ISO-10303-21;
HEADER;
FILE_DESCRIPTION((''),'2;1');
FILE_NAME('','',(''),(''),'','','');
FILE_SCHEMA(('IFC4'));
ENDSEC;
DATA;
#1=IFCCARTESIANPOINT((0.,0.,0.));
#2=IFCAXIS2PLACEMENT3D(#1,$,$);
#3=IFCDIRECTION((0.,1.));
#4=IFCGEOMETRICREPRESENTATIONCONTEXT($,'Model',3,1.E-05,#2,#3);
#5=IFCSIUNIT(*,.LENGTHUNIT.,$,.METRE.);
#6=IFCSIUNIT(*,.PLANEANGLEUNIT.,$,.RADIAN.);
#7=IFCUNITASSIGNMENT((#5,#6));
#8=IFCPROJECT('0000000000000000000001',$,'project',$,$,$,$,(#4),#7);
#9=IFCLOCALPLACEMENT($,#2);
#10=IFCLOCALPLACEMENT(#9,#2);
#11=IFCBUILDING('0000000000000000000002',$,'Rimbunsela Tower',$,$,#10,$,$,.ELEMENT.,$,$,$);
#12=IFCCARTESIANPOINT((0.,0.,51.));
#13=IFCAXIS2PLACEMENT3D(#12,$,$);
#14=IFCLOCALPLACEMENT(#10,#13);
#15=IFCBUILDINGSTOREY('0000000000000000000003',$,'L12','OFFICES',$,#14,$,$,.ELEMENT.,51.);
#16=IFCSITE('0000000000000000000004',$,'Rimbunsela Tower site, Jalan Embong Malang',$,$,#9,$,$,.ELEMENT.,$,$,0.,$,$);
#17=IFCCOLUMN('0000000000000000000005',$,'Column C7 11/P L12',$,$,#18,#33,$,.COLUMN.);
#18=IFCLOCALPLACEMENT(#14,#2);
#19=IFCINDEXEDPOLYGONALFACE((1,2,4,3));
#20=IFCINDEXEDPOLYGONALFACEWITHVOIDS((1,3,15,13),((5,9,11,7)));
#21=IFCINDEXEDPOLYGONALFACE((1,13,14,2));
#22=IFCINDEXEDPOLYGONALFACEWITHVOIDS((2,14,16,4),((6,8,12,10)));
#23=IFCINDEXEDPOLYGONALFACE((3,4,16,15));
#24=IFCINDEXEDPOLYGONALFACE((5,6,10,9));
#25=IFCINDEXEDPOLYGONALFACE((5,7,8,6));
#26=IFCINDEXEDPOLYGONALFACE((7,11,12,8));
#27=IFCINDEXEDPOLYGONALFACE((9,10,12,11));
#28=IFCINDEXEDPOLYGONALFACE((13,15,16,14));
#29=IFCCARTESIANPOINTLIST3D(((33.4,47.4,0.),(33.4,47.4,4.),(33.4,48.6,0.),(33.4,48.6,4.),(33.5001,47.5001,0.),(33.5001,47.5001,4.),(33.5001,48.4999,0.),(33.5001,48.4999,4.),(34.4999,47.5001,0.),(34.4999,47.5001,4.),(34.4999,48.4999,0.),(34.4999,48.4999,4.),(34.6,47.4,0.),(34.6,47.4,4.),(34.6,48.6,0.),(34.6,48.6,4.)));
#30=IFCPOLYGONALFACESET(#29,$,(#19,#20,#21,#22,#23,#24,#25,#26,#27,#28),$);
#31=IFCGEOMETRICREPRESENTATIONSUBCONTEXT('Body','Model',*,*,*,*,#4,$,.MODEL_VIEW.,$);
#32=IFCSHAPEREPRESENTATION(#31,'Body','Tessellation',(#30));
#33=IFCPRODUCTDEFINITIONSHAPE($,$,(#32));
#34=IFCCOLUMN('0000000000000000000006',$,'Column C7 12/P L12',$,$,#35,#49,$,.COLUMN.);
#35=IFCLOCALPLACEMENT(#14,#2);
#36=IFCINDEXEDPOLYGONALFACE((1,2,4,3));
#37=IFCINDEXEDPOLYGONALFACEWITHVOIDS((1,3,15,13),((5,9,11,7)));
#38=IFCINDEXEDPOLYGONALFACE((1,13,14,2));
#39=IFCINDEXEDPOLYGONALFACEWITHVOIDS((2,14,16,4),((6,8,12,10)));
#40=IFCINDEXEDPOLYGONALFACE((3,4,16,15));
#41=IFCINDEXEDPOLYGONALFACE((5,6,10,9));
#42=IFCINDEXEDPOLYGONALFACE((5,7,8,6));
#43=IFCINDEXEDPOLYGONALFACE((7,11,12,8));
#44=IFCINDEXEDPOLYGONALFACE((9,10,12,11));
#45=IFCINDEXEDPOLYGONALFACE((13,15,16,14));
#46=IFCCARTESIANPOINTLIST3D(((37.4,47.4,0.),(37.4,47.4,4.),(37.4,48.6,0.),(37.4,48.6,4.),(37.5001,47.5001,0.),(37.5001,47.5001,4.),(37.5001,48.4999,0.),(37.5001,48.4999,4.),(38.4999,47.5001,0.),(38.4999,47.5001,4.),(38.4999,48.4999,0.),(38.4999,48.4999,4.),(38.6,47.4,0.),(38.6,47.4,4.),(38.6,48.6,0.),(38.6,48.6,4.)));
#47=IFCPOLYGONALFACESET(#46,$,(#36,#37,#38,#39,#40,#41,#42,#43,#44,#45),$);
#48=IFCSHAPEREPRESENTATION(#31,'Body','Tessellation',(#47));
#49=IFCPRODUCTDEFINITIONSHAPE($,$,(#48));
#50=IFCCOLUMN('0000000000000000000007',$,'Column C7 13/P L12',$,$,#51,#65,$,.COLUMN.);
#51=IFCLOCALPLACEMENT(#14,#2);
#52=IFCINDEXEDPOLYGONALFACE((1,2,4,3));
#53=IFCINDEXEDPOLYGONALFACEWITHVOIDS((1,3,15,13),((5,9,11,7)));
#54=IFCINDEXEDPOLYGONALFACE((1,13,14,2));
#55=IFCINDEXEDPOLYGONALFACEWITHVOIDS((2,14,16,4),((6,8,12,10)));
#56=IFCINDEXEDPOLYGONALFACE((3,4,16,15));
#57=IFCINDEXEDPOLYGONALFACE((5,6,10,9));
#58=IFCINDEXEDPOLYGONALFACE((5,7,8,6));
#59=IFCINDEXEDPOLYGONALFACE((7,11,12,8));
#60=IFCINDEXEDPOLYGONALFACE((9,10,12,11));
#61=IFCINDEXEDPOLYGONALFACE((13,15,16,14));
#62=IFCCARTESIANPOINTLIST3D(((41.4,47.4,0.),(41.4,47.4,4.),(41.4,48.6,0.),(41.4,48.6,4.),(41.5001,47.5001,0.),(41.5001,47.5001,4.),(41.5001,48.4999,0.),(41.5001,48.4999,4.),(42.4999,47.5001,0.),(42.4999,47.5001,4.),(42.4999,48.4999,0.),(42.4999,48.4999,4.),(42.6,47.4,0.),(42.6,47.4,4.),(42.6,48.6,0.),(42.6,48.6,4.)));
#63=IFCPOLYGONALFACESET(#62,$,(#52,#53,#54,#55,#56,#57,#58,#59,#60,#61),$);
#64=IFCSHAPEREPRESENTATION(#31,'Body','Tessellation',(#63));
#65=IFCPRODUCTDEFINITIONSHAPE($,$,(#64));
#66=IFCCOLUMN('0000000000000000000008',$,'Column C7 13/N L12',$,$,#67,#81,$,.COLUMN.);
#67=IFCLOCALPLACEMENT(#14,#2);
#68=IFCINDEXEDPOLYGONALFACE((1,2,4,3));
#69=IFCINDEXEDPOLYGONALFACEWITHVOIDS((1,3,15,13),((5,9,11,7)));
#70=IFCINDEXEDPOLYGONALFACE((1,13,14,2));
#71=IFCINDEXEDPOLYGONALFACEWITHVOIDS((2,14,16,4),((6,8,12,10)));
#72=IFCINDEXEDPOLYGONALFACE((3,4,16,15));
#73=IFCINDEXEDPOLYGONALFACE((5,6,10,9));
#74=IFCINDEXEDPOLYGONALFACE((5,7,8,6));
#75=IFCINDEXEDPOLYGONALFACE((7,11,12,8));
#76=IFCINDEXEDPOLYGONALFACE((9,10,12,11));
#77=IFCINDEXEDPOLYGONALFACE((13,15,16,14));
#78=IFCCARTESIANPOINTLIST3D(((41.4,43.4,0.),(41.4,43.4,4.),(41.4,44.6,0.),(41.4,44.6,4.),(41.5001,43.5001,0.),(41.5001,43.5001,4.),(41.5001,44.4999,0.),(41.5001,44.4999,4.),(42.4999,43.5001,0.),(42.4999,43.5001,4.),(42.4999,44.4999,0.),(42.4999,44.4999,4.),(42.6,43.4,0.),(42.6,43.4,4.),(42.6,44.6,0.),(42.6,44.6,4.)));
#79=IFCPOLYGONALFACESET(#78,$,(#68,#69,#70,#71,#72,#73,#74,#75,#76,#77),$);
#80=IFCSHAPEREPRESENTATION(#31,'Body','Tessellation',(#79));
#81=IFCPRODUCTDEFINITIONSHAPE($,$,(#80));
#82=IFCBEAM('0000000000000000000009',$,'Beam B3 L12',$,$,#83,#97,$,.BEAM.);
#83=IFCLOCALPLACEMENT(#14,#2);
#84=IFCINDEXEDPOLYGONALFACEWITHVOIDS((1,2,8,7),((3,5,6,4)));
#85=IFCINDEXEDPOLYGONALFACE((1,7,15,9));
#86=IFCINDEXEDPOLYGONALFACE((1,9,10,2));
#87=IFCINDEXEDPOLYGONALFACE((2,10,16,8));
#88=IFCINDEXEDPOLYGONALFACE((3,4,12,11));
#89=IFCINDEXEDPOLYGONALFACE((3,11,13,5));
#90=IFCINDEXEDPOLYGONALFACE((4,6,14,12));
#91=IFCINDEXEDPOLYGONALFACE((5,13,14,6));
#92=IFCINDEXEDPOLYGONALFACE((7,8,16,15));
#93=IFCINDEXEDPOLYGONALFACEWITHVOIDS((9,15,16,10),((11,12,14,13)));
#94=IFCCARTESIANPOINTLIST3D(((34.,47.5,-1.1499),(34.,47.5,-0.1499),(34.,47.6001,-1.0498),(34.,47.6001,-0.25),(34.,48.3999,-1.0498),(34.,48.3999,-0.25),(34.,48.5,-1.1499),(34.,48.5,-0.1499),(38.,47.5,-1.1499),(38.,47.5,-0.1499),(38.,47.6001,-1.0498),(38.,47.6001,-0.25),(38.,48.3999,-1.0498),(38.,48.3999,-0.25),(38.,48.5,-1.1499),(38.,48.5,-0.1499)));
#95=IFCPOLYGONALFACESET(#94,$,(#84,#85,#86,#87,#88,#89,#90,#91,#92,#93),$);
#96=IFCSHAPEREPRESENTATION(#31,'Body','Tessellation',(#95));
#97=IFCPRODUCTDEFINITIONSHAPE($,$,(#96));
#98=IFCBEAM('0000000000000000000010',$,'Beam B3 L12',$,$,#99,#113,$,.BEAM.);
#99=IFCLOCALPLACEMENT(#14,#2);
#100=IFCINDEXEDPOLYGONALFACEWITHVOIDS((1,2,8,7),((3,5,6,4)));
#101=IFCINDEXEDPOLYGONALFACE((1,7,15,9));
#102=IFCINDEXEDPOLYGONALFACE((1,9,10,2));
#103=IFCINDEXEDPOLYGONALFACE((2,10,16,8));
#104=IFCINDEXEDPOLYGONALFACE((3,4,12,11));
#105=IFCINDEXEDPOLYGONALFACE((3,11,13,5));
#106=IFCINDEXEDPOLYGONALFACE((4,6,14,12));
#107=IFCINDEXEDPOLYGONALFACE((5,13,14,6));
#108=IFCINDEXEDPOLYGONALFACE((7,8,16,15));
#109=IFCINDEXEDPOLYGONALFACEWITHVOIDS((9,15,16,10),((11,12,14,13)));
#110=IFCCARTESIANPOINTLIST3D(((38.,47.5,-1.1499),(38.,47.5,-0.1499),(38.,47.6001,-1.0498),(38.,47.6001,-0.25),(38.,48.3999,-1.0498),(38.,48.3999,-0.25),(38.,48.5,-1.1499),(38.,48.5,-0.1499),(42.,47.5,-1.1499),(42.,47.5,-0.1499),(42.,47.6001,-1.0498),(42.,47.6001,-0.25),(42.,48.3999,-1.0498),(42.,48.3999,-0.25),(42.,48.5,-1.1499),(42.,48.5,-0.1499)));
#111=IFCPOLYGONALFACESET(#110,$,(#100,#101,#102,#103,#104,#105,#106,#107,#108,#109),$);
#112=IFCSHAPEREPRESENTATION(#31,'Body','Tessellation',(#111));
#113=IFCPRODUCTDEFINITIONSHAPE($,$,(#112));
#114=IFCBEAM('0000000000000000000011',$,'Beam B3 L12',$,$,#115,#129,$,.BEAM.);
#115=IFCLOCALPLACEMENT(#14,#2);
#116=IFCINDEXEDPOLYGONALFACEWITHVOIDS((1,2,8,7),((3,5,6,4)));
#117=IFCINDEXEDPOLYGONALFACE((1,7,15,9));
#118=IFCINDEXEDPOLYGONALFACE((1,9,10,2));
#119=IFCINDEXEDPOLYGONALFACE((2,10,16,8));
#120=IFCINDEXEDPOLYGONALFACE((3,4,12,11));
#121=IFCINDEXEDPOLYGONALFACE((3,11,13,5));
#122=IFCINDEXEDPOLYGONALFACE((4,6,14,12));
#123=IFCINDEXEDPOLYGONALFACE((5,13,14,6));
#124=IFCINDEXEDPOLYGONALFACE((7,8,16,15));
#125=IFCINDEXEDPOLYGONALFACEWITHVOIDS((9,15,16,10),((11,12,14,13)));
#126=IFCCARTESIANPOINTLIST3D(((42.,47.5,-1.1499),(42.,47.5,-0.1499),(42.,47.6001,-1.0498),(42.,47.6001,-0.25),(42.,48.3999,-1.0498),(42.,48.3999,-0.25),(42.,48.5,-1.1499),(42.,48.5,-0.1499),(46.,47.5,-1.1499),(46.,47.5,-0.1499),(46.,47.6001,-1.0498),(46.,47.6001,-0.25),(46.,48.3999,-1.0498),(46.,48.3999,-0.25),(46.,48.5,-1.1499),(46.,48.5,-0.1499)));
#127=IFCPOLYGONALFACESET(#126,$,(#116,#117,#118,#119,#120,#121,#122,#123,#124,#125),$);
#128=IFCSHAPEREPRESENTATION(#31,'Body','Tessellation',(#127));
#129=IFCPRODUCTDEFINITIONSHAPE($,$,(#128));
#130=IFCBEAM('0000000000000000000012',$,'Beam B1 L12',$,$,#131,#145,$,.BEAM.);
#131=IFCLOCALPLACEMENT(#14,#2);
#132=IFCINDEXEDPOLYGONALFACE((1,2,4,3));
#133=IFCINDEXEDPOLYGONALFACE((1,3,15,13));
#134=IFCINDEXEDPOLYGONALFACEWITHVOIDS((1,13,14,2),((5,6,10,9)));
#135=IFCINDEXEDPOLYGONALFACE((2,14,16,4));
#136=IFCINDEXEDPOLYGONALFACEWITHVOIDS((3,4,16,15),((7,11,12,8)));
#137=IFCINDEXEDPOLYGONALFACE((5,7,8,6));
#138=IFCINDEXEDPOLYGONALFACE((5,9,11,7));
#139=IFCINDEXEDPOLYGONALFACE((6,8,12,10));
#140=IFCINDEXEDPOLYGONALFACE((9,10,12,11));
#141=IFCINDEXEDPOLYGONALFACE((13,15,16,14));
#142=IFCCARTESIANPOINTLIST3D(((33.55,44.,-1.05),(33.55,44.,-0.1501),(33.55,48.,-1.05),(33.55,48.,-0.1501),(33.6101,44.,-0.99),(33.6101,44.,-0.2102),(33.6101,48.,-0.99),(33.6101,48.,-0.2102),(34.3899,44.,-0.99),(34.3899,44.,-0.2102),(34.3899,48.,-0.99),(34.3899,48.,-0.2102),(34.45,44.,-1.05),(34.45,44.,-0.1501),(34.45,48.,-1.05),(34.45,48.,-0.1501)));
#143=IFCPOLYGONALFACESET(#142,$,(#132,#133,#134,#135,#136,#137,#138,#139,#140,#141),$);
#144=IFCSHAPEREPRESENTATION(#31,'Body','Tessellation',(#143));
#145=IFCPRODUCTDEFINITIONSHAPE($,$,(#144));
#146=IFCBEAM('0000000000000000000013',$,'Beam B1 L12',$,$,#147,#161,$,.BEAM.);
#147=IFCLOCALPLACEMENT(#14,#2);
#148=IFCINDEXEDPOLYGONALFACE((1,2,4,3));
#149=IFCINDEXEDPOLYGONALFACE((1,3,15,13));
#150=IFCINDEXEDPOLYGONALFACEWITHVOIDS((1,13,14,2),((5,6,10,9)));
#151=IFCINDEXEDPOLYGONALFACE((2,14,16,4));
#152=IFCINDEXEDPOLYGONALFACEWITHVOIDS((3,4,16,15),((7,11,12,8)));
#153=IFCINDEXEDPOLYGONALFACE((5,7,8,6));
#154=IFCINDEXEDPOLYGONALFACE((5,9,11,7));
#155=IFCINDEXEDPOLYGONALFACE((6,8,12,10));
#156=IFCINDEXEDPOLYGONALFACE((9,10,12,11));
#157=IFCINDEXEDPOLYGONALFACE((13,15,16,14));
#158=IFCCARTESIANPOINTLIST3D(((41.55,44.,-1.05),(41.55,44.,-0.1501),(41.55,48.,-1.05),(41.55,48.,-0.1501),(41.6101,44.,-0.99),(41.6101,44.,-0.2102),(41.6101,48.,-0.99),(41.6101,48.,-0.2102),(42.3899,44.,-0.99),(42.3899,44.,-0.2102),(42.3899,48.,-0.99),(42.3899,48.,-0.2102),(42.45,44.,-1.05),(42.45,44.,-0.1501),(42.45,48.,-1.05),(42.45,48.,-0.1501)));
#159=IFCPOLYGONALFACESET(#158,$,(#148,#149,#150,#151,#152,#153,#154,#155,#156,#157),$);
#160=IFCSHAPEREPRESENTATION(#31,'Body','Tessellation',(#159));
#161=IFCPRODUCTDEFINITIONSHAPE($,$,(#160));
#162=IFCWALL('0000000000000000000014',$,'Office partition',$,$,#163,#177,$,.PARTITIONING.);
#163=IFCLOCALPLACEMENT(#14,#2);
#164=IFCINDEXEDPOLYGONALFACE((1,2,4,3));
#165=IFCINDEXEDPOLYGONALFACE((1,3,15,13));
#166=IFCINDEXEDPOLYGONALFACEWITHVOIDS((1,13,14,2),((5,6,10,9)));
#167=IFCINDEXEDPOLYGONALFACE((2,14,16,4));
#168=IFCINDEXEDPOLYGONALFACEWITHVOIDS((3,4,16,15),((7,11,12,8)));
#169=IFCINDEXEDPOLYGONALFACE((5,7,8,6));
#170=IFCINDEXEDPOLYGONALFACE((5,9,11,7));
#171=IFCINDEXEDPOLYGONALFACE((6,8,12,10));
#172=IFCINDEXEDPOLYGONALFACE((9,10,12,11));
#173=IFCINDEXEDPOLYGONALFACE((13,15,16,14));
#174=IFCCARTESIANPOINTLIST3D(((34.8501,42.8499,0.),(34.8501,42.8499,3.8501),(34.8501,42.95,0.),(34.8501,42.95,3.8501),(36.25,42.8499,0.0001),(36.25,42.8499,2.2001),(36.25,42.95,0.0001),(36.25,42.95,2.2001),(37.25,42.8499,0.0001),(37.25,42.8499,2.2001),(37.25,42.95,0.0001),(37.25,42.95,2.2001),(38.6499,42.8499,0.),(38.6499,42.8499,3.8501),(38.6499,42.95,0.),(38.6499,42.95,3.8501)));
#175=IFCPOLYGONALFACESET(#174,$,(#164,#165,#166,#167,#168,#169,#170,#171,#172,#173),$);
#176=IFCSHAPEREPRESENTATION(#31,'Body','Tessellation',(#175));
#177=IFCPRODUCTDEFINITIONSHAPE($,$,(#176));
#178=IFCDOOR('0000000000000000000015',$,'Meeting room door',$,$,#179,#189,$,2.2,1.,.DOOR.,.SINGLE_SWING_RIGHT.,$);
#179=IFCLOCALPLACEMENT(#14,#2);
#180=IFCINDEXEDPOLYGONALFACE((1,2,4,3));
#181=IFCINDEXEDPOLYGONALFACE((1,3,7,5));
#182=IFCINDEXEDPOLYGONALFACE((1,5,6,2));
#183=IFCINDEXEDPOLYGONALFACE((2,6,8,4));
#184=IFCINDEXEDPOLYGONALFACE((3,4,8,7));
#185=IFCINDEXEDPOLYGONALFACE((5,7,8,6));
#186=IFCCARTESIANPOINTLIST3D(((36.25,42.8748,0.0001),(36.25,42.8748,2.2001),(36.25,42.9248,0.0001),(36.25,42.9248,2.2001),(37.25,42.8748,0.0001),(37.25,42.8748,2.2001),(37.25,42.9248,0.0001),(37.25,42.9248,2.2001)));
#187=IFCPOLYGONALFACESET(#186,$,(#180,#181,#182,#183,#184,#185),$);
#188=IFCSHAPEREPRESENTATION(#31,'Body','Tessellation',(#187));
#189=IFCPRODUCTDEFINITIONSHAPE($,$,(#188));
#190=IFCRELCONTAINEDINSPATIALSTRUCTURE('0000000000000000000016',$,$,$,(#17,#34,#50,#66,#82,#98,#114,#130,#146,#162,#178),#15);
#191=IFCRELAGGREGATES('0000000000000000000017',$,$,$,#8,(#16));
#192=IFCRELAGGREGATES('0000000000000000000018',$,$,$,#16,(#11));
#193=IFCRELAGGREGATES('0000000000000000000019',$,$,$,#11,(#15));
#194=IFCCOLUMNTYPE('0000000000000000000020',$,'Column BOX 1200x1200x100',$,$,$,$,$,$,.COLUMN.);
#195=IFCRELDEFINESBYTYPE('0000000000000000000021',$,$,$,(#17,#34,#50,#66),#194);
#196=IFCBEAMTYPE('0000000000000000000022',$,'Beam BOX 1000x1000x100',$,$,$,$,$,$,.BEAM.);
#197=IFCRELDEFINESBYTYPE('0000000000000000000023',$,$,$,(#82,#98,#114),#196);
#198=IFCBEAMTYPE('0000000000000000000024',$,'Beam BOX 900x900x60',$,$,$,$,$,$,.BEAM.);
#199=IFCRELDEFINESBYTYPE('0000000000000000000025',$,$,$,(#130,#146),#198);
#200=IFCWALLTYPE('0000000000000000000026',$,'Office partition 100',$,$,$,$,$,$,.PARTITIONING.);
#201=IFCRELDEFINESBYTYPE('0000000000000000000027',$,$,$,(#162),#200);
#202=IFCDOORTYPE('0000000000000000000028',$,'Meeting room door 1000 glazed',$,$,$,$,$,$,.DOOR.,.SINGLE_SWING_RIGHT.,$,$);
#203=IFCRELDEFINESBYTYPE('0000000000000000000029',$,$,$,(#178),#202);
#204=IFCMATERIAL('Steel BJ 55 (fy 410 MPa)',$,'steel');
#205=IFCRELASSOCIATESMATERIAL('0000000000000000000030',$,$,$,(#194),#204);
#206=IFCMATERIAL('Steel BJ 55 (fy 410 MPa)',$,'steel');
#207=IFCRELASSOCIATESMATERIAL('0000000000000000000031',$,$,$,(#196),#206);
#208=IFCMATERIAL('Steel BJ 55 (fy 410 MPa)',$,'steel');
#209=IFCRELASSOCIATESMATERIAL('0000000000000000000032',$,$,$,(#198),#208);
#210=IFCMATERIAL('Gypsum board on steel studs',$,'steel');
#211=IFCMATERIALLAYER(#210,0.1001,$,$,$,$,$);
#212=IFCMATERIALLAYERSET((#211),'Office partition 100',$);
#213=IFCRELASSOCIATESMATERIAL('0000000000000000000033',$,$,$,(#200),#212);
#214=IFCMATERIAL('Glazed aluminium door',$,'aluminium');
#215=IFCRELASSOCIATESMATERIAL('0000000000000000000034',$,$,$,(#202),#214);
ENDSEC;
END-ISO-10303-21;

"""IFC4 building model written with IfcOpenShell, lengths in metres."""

from ifc_helpers import new_model, si_unit, direction, frame, frame_2d, origin, origin_2d, place, context, subcontext, project, spatial, rectangle, hollow_rectangle, extrude, material, layer, layer_set, material_profile, profile_set, type_object, element, fill, save


model = new_model("IFC4")

# Units and contexts
model_context = context("Model", 3, precision=1e-05, world=origin(), true_north=direction((0.0, 1.0)))
body_context = subcontext(model_context, "Body", "Model", "MODEL_VIEW")
ifc_project = project(units=[si_unit("LENGTHUNIT", "METRE"), si_unit("PLANEANGLEUNIT", "RADIAN")], contexts=[model_context])

# Site, building, storey
site_placement = place(None, origin())
site = spatial("IfcSite", under=ifc_project, at=site_placement, Name="Rimbunsela Tower site, Jalan Embong Malang", CompositionType="ELEMENT", RefElevation=0.0)
building_placement = place(site_placement, origin())
building = spatial("IfcBuilding", under=site, at=building_placement, Name="Rimbunsela Tower", CompositionType="ELEMENT")
storey_placement = place(building_placement, frame((0.0, 0.0, 51.0)))
storey = spatial("IfcBuildingStorey", under=building, at=storey_placement, Name="L12", Description="OFFICES", CompositionType="ELEMENT", Elevation=51.0)

# Columns
ifc_material_1 = material(Name="Steel BJ 55 (fy 410 MPa)", Category="steel")
ifc_material_profile_1 = material_profile(ifc_material_1, hollow_rectangle(XDim=1.2, YDim=1.2, WallThickness=0.1001, at=origin_2d()), Name="BOX 1200x1200x100")
ifc_profile_set_1 = profile_set([ifc_material_profile_1], Name="Steel BJ 55 (fy 410 MPa)")
column_type = type_object("IfcColumnType", Name="Column BOX 1200x1200x100", PredefinedType="COLUMN", material=ifc_profile_set_1)
for number, where, z_axis, x_axis, name in (
    (1, (34.0, 48.0, 0.0), (0.0, 0.0, 1.0), (1.0, 0.0, 0.0), "Column C7 11/P L12"),
    (2, (38.0, 48.0, 0.0), (0.0, 0.0, 1.0), (1.0, 0.0, 0.0), "Column C7 12/P L12"),
    (3, (42.0, 48.0, 0.0), (0.0, 0.0, 1.0), (1.0, 0.0, 0.0), "Column C7 13/P L12"),
    (4, (42.0, 44.0, 0.0), (0.0, 0.0, 1.0), (1.0, 0.0, 0.0), "Column C7 13/N L12"),
):
    element("IfcColumn", number, at=place(storey_placement, frame(where, z_axis=z_axis, x_axis=x_axis)), inside=storey, type_object=column_type, Name=name, PredefinedType="COLUMN", context=body_context, shape_type="SweptSolid", body=[
        extrude(hollow_rectangle(XDim=1.2, YDim=1.2, WallThickness=0.1001, at=origin_2d()), origin(), (0.0, 0.0, 1.0), 4.0),
    ])

# Beams
ifc_material_2 = material(Name="Steel BJ 55 (fy 410 MPa)", Category="steel")
ifc_material_profile_2 = material_profile(ifc_material_2, hollow_rectangle(XDim=1.0, YDim=1.0, WallThickness=0.1001, at=origin_2d()), Name="BOX 1000x1000x100")
ifc_profile_set_2 = profile_set([ifc_material_profile_2], Name="Steel BJ 55 (fy 410 MPa)")
beam_type_1 = type_object("IfcBeamType", Name="Beam BOX 1000x1000x100", PredefinedType="BEAM", material=ifc_profile_set_2)
for number, where, z_axis, x_axis, name in (
    (5, (34.0, 48.0, -0.6499), (1.0, 0.0, 0.0), (0.0, 1.0, 0.0), "Beam B3 L12"),
    (6, (38.0, 48.0, -0.6499), (1.0, 0.0, 0.0), (0.0, 1.0, 0.0), "Beam B3 L12"),
    (7, (42.0, 48.0, -0.6499), (1.0, 0.0, 0.0), (0.0, 1.0, 0.0), "Beam B3 L12"),
):
    element("IfcBeam", number, at=place(storey_placement, frame(where, z_axis=z_axis, x_axis=x_axis)), inside=storey, type_object=beam_type_1, Name=name, PredefinedType="BEAM", context=body_context, shape_type="SweptSolid", body=[
        extrude(hollow_rectangle(XDim=1.0, YDim=1.0, WallThickness=0.1001, at=origin_2d()), origin(), (0.0, 0.0, 1.0), 4.0),
    ])
ifc_material_3 = material(Name="Steel BJ 55 (fy 410 MPa)", Category="steel")
ifc_material_profile_3 = material_profile(ifc_material_3, hollow_rectangle(XDim=0.8999, YDim=0.8999, WallThickness=0.0601, at=origin_2d()), Name="BOX 900x900x60")
ifc_profile_set_3 = profile_set([ifc_material_profile_3], Name="Steel BJ 55 (fy 410 MPa)")
beam_type_2 = type_object("IfcBeamType", Name="Beam BOX 900x900x60", PredefinedType="BEAM", material=ifc_profile_set_3)
for number, where, z_axis, x_axis, name in (
    (8, (34.0, 44.0, -0.6001), (0.0, 1.0, 0.0), (-1.0, 0.0, 0.0), "Beam B1 L12"),
    (9, (42.0, 44.0, -0.6001), (0.0, 1.0, 0.0), (-1.0, 0.0, 0.0), "Beam B1 L12"),
):
    element("IfcBeam", number, at=place(storey_placement, frame(where, z_axis=z_axis, x_axis=x_axis)), inside=storey, type_object=beam_type_2, Name=name, PredefinedType="BEAM", context=body_context, shape_type="SweptSolid", body=[
        extrude(hollow_rectangle(XDim=0.8999, YDim=0.8999, WallThickness=0.0601, at=origin_2d()), origin(), (0.0, 0.0, 1.0), 4.0),
    ])

# Wall, opening, door
ifc_material_4 = material(Name="Gypsum board on steel studs", Category="steel")
ifc_layer_1 = layer(ifc_material_4, 0.1001)
ifc_layer_set_1 = layer_set([ifc_layer_1], Name="Office partition 100")
wall_type_1 = type_object("IfcWallType", Name="Office partition 100", PredefinedType="PARTITIONING", material=ifc_layer_set_1)
wall_1_placement = place(storey_placement, frame((34.8501, 42.8999, 0.0), z_axis=(0.0, 0.0, 1.0), x_axis=(1.0, 0.0, 0.0)))
wall_1 = element("IfcWall", 10, at=wall_1_placement, inside=storey, type_object=wall_type_1, Name="Office partition", PredefinedType="PARTITIONING", context=body_context, shape_type="SweptSolid", body=[
    extrude(rectangle(XDim=3.7998, YDim=0.1001, at=frame_2d((1.8999, 0.0))), origin(), (0.0, 0.0, 1.0), 3.8501),
])
opening_1_placement = place(wall_1_placement, frame((1.3999, 0.0, 0.0)))
opening_1 = element("IfcOpeningElement", 11, at=opening_1_placement, cuts=wall_1, PredefinedType="OPENING", context=body_context, shape_type="SweptSolid", body=[
    extrude(rectangle(XDim=1.0, YDim=2.2, at=frame_2d((0.5, 1.1001))), frame((0.0, 0.0601, 0.0), z_axis=(0.0, -1.0, 0.0), x_axis=(1.0, 0.0, 0.0)), (0.0, 0.0, 1.0), 0.1201),
])
ifc_material_5 = material(Name="Glazed aluminium door", Category="aluminium")
door_type = type_object("IfcDoorType", Name="Meeting room door 1000 glazed", OperationType="SINGLE_SWING_RIGHT", PredefinedType="DOOR", material=ifc_material_5)
door_placement = place(opening_1_placement, origin())
door = element("IfcDoor", 12, at=door_placement, inside=storey, type_object=door_type, Name="Meeting room door", OperationType="SINGLE_SWING_RIGHT", OverallHeight=2.2, OverallWidth=1.0, PredefinedType="DOOR", context=body_context, shape_type="SweptSolid", body=[
    extrude(rectangle(XDim=1.0, YDim=2.2, at=frame_2d((0.5, 1.1001))), frame((0.0, 0.0249, 0.0), z_axis=(0.0, -1.0, 0.0), x_axis=(1.0, 0.0, 0.0)), (0.0, 0.0, 1.0), 0.05),
])
fill(opening_1, door)

save(model, "model.ifc")
